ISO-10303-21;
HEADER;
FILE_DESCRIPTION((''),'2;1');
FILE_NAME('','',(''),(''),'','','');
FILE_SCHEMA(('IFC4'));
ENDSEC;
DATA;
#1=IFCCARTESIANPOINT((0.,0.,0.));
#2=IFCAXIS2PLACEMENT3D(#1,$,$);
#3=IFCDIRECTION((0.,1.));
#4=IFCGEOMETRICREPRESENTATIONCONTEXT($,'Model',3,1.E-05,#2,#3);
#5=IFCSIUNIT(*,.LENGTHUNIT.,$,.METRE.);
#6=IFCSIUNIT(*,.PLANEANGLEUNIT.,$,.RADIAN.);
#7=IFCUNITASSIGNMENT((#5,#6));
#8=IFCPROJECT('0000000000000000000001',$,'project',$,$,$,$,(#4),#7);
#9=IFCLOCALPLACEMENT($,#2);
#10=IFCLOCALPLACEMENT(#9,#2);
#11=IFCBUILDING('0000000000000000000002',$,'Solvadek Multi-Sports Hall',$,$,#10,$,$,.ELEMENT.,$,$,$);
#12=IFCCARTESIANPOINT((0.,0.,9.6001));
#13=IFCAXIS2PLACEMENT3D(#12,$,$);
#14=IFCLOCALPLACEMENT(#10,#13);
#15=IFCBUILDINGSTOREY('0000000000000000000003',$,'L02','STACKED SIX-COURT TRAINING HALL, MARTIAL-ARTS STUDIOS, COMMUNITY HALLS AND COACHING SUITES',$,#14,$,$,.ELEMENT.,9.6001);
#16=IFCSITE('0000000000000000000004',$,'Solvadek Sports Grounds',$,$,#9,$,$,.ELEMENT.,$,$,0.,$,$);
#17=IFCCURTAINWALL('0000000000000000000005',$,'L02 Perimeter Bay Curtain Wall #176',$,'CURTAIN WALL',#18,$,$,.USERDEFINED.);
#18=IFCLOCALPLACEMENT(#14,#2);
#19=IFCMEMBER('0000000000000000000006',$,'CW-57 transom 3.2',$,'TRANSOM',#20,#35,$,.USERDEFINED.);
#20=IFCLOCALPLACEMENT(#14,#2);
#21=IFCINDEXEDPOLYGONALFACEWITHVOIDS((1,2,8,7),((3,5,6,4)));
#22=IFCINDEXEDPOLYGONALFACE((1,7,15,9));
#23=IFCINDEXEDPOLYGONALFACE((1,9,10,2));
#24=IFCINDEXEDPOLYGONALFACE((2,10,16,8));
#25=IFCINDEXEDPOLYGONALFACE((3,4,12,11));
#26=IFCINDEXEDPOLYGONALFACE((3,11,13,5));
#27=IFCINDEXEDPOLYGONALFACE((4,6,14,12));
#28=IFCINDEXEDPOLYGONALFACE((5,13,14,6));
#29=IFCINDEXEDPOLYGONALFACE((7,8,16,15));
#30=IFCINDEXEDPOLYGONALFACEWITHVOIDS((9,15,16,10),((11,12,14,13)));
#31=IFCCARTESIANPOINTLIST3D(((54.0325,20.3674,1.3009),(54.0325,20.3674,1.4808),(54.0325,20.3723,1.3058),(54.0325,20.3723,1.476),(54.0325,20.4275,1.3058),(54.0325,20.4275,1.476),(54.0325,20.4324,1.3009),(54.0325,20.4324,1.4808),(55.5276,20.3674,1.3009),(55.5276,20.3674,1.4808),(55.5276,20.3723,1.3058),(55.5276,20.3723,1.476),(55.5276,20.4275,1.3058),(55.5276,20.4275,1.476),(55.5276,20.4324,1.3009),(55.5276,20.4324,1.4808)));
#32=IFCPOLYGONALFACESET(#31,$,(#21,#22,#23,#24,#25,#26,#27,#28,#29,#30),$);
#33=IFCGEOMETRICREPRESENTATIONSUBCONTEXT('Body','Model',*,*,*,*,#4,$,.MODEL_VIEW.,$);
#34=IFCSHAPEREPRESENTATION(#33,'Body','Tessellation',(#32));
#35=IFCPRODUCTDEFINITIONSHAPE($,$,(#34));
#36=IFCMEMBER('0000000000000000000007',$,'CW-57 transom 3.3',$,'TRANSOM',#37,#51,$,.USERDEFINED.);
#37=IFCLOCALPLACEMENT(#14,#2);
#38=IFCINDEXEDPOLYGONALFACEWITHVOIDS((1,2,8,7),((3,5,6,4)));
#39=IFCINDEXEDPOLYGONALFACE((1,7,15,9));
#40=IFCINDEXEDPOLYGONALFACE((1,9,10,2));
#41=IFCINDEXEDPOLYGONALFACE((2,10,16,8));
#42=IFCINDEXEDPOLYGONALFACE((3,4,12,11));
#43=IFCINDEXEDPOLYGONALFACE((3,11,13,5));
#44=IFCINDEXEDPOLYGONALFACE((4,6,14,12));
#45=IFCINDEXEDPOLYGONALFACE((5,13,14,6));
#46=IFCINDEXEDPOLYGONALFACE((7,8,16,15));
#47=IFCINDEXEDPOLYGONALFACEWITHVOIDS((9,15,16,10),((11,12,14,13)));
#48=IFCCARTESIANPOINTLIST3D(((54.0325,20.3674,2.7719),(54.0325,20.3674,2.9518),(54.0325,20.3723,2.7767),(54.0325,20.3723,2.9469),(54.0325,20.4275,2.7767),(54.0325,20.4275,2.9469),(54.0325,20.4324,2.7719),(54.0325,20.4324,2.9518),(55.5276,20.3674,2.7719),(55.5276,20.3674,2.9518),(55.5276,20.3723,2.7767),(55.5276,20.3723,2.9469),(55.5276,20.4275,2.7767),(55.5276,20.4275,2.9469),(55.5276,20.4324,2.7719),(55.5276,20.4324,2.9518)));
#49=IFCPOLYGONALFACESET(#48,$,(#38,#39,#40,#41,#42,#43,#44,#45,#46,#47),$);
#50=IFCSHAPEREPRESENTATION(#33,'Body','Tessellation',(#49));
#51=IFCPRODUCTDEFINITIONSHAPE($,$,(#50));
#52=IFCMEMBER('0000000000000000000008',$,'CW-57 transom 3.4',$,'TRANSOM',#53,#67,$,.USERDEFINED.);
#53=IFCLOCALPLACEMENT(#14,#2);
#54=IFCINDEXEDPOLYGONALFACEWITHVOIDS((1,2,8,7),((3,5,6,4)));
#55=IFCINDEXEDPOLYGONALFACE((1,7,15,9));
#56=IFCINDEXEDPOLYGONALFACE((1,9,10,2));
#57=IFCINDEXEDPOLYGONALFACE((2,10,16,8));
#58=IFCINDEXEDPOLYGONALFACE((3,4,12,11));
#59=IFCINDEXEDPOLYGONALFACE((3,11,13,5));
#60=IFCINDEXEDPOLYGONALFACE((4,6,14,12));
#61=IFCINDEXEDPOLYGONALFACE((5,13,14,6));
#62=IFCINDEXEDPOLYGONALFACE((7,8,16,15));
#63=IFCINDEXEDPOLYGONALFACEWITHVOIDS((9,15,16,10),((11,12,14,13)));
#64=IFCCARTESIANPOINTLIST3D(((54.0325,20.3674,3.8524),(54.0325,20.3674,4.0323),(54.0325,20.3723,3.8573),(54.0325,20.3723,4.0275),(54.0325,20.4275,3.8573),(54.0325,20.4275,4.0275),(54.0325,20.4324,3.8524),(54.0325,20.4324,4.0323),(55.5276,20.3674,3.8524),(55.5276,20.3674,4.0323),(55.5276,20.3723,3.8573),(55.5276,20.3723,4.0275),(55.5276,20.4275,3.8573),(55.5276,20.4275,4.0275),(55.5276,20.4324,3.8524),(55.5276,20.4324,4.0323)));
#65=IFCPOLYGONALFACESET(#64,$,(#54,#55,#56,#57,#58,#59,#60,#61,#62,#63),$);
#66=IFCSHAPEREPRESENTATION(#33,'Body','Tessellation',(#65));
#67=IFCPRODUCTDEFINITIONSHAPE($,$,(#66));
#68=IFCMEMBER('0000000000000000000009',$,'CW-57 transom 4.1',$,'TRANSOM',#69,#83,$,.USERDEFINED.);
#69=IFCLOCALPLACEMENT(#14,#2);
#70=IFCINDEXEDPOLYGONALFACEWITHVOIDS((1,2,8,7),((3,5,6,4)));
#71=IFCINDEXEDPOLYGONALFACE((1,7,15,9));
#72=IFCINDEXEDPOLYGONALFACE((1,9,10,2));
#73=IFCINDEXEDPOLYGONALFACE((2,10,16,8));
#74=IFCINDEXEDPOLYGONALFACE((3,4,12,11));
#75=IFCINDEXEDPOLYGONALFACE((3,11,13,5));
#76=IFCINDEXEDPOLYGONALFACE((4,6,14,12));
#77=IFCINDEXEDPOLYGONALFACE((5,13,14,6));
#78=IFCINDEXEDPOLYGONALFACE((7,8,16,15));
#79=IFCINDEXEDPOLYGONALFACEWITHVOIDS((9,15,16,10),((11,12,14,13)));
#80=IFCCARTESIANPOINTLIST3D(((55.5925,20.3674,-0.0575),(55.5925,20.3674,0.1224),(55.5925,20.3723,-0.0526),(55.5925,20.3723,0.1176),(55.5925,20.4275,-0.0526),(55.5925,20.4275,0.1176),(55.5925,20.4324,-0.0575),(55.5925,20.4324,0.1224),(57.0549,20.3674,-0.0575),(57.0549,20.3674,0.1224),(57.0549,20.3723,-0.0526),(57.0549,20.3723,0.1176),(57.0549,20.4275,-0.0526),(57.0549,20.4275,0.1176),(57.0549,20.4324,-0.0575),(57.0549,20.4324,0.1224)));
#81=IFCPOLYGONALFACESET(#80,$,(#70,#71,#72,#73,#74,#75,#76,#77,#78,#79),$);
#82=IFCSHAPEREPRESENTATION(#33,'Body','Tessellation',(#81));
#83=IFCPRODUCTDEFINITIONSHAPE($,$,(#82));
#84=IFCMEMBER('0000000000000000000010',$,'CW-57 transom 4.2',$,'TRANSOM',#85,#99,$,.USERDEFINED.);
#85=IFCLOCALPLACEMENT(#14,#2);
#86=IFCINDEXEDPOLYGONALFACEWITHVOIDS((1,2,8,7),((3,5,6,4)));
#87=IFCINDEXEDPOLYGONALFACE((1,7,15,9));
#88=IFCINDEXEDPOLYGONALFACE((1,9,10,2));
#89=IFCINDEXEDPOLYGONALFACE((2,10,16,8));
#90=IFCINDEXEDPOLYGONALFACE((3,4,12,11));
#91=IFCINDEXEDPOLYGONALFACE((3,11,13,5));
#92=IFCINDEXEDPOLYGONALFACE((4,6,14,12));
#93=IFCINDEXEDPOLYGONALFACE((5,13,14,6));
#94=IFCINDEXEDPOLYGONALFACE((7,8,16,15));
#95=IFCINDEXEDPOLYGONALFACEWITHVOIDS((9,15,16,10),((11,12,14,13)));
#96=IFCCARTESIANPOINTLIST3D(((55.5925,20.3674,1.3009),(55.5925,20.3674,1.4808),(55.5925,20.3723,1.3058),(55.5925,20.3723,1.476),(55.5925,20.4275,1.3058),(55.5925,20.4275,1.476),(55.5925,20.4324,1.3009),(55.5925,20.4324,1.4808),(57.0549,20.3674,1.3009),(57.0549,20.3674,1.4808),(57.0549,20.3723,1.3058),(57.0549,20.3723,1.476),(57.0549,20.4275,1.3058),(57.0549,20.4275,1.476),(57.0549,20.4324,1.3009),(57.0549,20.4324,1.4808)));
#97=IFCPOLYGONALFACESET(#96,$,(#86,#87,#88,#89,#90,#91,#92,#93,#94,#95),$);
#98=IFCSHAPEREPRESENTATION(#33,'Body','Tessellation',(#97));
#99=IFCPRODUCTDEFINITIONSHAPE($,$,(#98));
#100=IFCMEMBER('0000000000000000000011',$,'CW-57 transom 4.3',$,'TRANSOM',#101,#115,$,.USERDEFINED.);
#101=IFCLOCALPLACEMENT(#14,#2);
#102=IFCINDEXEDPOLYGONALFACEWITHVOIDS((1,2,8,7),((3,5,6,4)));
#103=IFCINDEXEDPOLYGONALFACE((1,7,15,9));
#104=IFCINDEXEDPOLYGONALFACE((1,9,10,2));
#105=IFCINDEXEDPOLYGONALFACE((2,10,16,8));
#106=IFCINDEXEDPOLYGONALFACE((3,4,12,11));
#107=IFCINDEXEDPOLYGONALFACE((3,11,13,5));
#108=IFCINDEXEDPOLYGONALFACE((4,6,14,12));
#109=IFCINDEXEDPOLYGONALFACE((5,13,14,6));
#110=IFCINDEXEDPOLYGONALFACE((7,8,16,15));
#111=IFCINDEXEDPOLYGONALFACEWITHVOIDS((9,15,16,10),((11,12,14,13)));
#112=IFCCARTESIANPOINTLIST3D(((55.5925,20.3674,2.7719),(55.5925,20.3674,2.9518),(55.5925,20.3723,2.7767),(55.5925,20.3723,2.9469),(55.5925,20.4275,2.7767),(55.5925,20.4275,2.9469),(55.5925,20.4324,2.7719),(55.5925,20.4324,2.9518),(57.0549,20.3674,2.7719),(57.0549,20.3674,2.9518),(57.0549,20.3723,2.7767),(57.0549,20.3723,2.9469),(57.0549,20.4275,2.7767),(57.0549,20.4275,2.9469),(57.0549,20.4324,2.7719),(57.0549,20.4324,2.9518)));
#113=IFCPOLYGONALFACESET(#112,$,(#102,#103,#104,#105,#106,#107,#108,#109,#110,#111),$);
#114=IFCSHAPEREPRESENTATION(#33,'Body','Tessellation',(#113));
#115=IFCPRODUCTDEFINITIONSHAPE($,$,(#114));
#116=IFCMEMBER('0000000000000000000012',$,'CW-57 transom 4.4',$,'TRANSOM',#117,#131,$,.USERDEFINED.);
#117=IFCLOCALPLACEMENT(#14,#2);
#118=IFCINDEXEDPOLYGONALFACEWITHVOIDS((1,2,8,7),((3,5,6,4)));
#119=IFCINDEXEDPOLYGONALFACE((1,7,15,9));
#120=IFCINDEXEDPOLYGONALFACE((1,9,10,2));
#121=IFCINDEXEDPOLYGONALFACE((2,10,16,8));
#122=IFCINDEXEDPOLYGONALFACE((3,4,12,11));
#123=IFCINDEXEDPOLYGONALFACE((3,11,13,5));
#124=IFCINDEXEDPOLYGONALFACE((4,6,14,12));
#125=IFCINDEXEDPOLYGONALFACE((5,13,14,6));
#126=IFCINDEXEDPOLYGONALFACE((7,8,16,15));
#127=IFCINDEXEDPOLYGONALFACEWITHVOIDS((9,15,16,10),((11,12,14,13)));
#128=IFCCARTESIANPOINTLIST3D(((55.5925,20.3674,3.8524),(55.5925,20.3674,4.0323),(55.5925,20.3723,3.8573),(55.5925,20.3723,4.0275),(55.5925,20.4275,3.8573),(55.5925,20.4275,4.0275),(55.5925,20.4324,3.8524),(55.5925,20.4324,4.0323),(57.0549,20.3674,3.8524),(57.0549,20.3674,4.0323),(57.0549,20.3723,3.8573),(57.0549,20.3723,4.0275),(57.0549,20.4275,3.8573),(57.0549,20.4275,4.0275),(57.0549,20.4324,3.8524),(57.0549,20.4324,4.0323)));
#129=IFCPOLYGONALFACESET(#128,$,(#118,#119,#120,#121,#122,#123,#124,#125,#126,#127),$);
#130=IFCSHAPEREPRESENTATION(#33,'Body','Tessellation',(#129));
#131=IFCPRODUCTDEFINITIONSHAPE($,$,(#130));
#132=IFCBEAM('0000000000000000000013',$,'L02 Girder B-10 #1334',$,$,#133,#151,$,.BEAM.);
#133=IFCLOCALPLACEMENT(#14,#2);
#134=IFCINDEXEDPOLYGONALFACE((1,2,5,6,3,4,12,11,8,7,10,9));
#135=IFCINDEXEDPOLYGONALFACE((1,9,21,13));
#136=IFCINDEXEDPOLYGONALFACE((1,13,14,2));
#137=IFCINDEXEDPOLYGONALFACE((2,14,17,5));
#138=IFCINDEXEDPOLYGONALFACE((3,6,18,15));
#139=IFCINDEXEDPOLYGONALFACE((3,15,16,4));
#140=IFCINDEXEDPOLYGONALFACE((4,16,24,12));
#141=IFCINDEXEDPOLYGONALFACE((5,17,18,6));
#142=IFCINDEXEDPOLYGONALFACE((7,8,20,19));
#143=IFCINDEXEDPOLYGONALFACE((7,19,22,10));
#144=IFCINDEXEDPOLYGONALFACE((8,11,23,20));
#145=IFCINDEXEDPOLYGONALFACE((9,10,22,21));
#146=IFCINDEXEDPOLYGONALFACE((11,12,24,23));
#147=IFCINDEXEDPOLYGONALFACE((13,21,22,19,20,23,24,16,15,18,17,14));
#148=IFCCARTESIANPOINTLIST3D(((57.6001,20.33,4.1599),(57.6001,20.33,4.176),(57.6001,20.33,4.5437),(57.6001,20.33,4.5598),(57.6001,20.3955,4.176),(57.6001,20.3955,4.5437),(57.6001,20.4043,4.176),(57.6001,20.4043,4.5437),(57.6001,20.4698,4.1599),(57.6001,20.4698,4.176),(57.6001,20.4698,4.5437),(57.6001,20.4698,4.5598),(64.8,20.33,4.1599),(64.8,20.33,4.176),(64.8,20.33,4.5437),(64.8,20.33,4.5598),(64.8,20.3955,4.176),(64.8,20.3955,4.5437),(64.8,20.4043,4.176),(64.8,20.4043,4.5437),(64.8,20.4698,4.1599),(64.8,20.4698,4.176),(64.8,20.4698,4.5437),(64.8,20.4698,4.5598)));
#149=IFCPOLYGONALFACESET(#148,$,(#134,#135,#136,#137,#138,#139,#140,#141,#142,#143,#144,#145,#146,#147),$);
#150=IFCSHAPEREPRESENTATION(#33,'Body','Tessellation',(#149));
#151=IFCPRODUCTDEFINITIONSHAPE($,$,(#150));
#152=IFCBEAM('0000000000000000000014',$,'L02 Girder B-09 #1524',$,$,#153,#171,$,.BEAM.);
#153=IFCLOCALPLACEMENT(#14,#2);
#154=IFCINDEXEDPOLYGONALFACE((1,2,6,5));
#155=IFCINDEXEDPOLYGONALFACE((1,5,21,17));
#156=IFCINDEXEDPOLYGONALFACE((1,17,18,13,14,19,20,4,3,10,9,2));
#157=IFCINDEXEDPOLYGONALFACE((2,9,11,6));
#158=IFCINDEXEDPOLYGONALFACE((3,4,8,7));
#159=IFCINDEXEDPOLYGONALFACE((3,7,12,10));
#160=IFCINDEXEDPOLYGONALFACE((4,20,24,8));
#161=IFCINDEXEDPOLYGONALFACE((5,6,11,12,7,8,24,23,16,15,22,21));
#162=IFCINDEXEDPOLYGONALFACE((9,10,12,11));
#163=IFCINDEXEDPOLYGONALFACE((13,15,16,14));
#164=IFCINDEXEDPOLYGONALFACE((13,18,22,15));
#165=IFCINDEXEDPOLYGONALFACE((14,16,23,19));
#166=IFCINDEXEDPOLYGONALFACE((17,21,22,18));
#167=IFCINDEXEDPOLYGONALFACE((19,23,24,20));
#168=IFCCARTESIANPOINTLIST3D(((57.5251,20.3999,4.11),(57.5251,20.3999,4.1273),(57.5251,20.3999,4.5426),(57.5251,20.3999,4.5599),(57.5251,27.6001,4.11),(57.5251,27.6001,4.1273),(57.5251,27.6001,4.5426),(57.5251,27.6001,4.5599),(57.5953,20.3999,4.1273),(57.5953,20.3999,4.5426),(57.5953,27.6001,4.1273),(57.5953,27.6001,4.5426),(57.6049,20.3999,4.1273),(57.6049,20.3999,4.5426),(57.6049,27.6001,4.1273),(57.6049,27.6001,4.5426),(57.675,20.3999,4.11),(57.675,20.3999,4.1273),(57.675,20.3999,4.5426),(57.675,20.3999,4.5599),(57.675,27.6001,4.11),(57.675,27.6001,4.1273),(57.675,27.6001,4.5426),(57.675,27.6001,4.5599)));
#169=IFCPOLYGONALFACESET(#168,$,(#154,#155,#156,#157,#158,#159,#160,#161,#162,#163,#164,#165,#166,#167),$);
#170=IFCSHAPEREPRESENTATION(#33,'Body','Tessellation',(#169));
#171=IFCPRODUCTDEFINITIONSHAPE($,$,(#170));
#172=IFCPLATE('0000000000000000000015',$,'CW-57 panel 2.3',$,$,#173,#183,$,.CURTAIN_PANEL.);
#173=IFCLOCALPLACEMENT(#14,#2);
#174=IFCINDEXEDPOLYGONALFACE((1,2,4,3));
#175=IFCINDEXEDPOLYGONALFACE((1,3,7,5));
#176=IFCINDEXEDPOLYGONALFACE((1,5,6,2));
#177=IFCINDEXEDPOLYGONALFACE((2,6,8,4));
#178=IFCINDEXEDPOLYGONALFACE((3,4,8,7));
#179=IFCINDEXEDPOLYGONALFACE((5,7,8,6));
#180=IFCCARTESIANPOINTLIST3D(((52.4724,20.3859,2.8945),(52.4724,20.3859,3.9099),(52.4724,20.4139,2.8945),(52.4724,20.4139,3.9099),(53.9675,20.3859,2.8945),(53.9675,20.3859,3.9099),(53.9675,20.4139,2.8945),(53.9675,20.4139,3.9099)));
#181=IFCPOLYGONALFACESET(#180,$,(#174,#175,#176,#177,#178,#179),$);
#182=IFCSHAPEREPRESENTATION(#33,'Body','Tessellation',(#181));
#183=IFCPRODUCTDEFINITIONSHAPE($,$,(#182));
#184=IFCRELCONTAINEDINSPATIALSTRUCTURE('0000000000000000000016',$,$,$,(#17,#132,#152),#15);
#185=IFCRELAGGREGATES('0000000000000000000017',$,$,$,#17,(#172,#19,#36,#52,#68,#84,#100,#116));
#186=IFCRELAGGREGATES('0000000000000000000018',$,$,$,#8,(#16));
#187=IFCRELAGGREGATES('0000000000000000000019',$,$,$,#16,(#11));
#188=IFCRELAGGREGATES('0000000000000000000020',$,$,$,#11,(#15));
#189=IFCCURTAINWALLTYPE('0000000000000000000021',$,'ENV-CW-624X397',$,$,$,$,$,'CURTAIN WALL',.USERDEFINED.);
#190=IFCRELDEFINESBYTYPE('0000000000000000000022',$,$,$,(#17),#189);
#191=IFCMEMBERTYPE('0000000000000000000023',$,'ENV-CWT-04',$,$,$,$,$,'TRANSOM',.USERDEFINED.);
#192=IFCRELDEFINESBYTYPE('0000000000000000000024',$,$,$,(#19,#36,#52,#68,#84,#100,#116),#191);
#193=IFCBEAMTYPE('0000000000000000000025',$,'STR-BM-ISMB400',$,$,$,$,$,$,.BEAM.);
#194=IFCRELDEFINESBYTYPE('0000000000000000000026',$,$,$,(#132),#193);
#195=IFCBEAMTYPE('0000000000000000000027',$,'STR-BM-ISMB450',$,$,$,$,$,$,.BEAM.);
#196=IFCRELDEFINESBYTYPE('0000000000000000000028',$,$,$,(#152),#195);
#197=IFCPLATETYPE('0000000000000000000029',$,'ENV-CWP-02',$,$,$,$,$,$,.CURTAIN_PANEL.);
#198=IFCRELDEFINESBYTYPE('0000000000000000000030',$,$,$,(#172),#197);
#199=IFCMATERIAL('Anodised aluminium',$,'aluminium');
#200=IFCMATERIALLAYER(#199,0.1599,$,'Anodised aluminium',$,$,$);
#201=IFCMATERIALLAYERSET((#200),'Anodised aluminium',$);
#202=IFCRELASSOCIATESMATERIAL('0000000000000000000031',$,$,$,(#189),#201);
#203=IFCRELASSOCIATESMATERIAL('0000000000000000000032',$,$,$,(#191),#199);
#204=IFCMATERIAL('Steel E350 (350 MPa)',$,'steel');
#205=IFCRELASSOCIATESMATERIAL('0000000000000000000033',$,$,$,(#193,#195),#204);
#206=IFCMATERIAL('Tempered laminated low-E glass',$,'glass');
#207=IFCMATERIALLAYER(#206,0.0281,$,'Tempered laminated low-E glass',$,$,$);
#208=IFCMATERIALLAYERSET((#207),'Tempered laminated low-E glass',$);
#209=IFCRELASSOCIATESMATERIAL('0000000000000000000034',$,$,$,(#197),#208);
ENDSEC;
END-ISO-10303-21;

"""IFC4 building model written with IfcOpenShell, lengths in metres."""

from ifc_helpers import new_model, si_unit, direction, frame, origin, origin_2d, place, context, subcontext, project, spatial, rectangle, hollow_rectangle, i_section, extrude, material, layer, layer_set, material_profile, profile_set, type_object, element, aggregate, save


model = new_model("IFC4")

# Units and contexts
model_context = context("Model", 3, precision=1e-05, world=origin(), true_north=direction((0.0, 1.0)))
body_context = subcontext(model_context, "Body", "Model", "MODEL_VIEW")
ifc_project = project(units=[si_unit("LENGTHUNIT", "METRE"), si_unit("PLANEANGLEUNIT", "RADIAN")], contexts=[model_context])

# Site, building, storey
site_placement = place(None, origin())
site = spatial("IfcSite", under=ifc_project, at=site_placement, Name="Solvadek Sports Grounds", CompositionType="ELEMENT", RefElevation=0.0)
building_placement = place(site_placement, origin())
building = spatial("IfcBuilding", under=site, at=building_placement, Name="Solvadek Multi-Sports Hall", CompositionType="ELEMENT")
storey_placement = place(building_placement, frame((0.0, 0.0, 9.6001)))
storey = spatial("IfcBuildingStorey", under=building, at=storey_placement, Name="L02", Description="STACKED SIX-COURT TRAINING HALL, MARTIAL-ARTS STUDIOS, COMMUNITY HALLS AND COACHING SUITES", CompositionType="ELEMENT", Elevation=9.6001)

# Shared definitions
ifc_material_1 = material(Name="Steel E350 (350 MPa)", Category="steel")

# Curtain wall
ifc_material_2 = material(Name="Anodised aluminium", Category="aluminium")
ifc_layer_1 = layer(ifc_material_2, 0.1599, Name="Anodised aluminium")
ifc_layer_set_1 = layer_set([ifc_layer_1], Name="Anodised aluminium")
curtain_wall_type_1 = type_object("IfcCurtainWallType", Name="ENV-CW-624X397", ElementType="CURTAIN WALL", PredefinedType="USERDEFINED", material=ifc_layer_set_1)
curtain_wall_1_placement = place(storey_placement, origin())
curtain_wall_1 = element("IfcCurtainWall", 1, at=curtain_wall_1_placement, inside=storey, type_object=curtain_wall_type_1, Name="L02 Perimeter Bay Curtain Wall #176", ObjectType="CURTAIN WALL", PredefinedType="USERDEFINED")

# Members
ifc_material_profile_1 = material_profile(ifc_material_2, hollow_rectangle(XDim=0.0649, YDim=0.1799, WallThickness=0.0049, at=origin_2d()), Name="ALU-T 180x65x5")
ifc_profile_set_1 = profile_set([ifc_material_profile_1], Name="Anodised aluminium")
member_type_1 = type_object("IfcMemberType", Name="ENV-CWT-04", ElementType="TRANSOM", PredefinedType="USERDEFINED", material=ifc_profile_set_1)
member_1_placement = place(storey_placement, frame((54.0325, 20.3999, 1.3909), z_axis=(1.0, 0.0, 0.0), x_axis=(0.0, 1.0, 0.0)))
member_1 = element("IfcMember", 2, at=member_1_placement, type_object=member_type_1, Name="CW-57 transom 3.2", ObjectType="TRANSOM", PredefinedType="USERDEFINED", context=body_context, shape_type="SweptSolid", body=[
    extrude(hollow_rectangle(XDim=0.0649, YDim=0.1799, WallThickness=0.0049, at=origin_2d()), origin(), (0.0, 0.0, 1.0), 1.4951),
])
member_2_placement = place(storey_placement, frame((54.0325, 20.3999, 2.8618), z_axis=(1.0, 0.0, 0.0), x_axis=(0.0, 1.0, 0.0)))
member_2 = element("IfcMember", 3, at=member_2_placement, type_object=member_type_1, Name="CW-57 transom 3.3", ObjectType="TRANSOM", PredefinedType="USERDEFINED", context=body_context, shape_type="SweptSolid", body=[
    extrude(hollow_rectangle(XDim=0.0649, YDim=0.1799, WallThickness=0.0049, at=origin_2d()), origin(), (0.0, 0.0, 1.0), 1.4951),
])
member_3_placement = place(storey_placement, frame((54.0325, 20.3999, 3.9424), z_axis=(1.0, 0.0, 0.0), x_axis=(0.0, 1.0, 0.0)))
member_3 = element("IfcMember", 4, at=member_3_placement, type_object=member_type_1, Name="CW-57 transom 3.4", ObjectType="TRANSOM", PredefinedType="USERDEFINED", context=body_context, shape_type="SweptSolid", body=[
    extrude(hollow_rectangle(XDim=0.0649, YDim=0.1799, WallThickness=0.0049, at=origin_2d()), origin(), (0.0, 0.0, 1.0), 1.4951),
])
member_4_placement = place(storey_placement, frame((55.5925, 20.3999, 0.0325), z_axis=(1.0, 0.0, 0.0), x_axis=(0.0, 1.0, 0.0)))
member_4 = element("IfcMember", 5, at=member_4_placement, type_object=member_type_1, Name="CW-57 transom 4.1", ObjectType="TRANSOM", PredefinedType="USERDEFINED", context=body_context, shape_type="SweptSolid", body=[
    extrude(hollow_rectangle(XDim=0.0649, YDim=0.1799, WallThickness=0.0049, at=origin_2d()), origin(), (0.0, 0.0, 1.0), 1.4624),
])
member_5_placement = place(storey_placement, frame((55.5925, 20.3999, 1.3909), z_axis=(1.0, 0.0, 0.0), x_axis=(0.0, 1.0, 0.0)))
member_5 = element("IfcMember", 6, at=member_5_placement, type_object=member_type_1, Name="CW-57 transom 4.2", ObjectType="TRANSOM", PredefinedType="USERDEFINED", context=body_context, shape_type="SweptSolid", body=[
    extrude(hollow_rectangle(XDim=0.0649, YDim=0.1799, WallThickness=0.0049, at=origin_2d()), origin(), (0.0, 0.0, 1.0), 1.4624),
])
member_6_placement = place(storey_placement, frame((55.5925, 20.3999, 2.8618), z_axis=(1.0, 0.0, 0.0), x_axis=(0.0, 1.0, 0.0)))
member_6 = element("IfcMember", 7, at=member_6_placement, type_object=member_type_1, Name="CW-57 transom 4.3", ObjectType="TRANSOM", PredefinedType="USERDEFINED", context=body_context, shape_type="SweptSolid", body=[
    extrude(hollow_rectangle(XDim=0.0649, YDim=0.1799, WallThickness=0.0049, at=origin_2d()), origin(), (0.0, 0.0, 1.0), 1.4624),
])
member_7_placement = place(storey_placement, frame((55.5925, 20.3999, 3.9424), z_axis=(1.0, 0.0, 0.0), x_axis=(0.0, 1.0, 0.0)))
member_7 = element("IfcMember", 8, at=member_7_placement, type_object=member_type_1, Name="CW-57 transom 4.4", ObjectType="TRANSOM", PredefinedType="USERDEFINED", context=body_context, shape_type="SweptSolid", body=[
    extrude(hollow_rectangle(XDim=0.0649, YDim=0.1799, WallThickness=0.0049, at=origin_2d()), origin(), (0.0, 0.0, 1.0), 1.4624),
])

# Beams
ifc_material_profile_2 = material_profile(ifc_material_1, i_section(OverallWidth=0.1399, OverallDepth=0.3999, WebThickness=0.0088, FlangeThickness=0.0161, at=origin_2d()), Name="ISMB 400")
ifc_profile_set_2 = profile_set([ifc_material_profile_2], Name="Steel E350 (350 MPa)")
beam_type_1 = type_object("IfcBeamType", Name="STR-BM-ISMB400", PredefinedType="BEAM", material=ifc_profile_set_2)
beam_1_placement = place(storey_placement, frame((57.6001, 20.3999, 4.3599), z_axis=(1.0, 0.0, 0.0), x_axis=(0.0, 1.0, 0.0)))
element("IfcBeam", 9, at=beam_1_placement, inside=storey, type_object=beam_type_1, Name="L02 Girder B-10 #1334", PredefinedType="BEAM", context=body_context, shape_type="SweptSolid", body=[
    extrude(i_section(OverallWidth=0.1399, OverallDepth=0.3999, WebThickness=0.0088, FlangeThickness=0.0161, at=origin_2d()), origin(), (0.0, 0.0, 1.0), 7.2),
])
ifc_material_profile_3 = material_profile(ifc_material_1, i_section(OverallWidth=0.1499, OverallDepth=0.45, WebThickness=0.0095, FlangeThickness=0.0173, at=origin_2d()), Name="ISMB 450")
ifc_profile_set_3 = profile_set([ifc_material_profile_3], Name="Steel E350 (350 MPa)")
beam_type_2 = type_object("IfcBeamType", Name="STR-BM-ISMB450", PredefinedType="BEAM", material=ifc_profile_set_3)
beam_2_placement = place(storey_placement, frame((57.6001, 20.3999, 4.335), z_axis=(0.0, 1.0, 0.0), x_axis=(-1.0, 0.0, 0.0)))
element("IfcBeam", 10, at=beam_2_placement, inside=storey, type_object=beam_type_2, Name="L02 Girder B-09 #1524", PredefinedType="BEAM", context=body_context, shape_type="SweptSolid", body=[
    extrude(i_section(OverallWidth=0.1499, OverallDepth=0.45, WebThickness=0.0095, FlangeThickness=0.0173, at=origin_2d()), origin(), (0.0, 0.0, 1.0), 7.2002),
])

# Plate
ifc_material_3 = material(Name="Tempered laminated low-E glass", Category="glass")
ifc_layer_2 = layer(ifc_material_3, 0.0281, Name="Tempered laminated low-E glass")
ifc_layer_set_2 = layer_set([ifc_layer_2], Name="Tempered laminated low-E glass")
plate_type_1 = type_object("IfcPlateType", Name="ENV-CWP-02", PredefinedType="CURTAIN_PANEL", material=ifc_layer_set_2)
plate_1_placement = place(storey_placement, frame((53.22, 20.3999, 2.8945), z_axis=(0.0, 0.0, 1.0), x_axis=(1.0, 0.0, 0.0)))
plate_1 = element("IfcPlate", 11, at=plate_1_placement, type_object=plate_type_1, Name="CW-57 panel 2.3", PredefinedType="CURTAIN_PANEL", context=body_context, shape_type="SweptSolid", body=[
    extrude(rectangle(XDim=1.4951, YDim=0.0281, at=origin_2d()), origin(), (0.0, 0.0, 1.0), 1.0154),
])
aggregate(curtain_wall_1, [plate_1, member_1, member_2, member_3, member_4, member_5, member_6, member_7])

save(model, "model.ifc")
